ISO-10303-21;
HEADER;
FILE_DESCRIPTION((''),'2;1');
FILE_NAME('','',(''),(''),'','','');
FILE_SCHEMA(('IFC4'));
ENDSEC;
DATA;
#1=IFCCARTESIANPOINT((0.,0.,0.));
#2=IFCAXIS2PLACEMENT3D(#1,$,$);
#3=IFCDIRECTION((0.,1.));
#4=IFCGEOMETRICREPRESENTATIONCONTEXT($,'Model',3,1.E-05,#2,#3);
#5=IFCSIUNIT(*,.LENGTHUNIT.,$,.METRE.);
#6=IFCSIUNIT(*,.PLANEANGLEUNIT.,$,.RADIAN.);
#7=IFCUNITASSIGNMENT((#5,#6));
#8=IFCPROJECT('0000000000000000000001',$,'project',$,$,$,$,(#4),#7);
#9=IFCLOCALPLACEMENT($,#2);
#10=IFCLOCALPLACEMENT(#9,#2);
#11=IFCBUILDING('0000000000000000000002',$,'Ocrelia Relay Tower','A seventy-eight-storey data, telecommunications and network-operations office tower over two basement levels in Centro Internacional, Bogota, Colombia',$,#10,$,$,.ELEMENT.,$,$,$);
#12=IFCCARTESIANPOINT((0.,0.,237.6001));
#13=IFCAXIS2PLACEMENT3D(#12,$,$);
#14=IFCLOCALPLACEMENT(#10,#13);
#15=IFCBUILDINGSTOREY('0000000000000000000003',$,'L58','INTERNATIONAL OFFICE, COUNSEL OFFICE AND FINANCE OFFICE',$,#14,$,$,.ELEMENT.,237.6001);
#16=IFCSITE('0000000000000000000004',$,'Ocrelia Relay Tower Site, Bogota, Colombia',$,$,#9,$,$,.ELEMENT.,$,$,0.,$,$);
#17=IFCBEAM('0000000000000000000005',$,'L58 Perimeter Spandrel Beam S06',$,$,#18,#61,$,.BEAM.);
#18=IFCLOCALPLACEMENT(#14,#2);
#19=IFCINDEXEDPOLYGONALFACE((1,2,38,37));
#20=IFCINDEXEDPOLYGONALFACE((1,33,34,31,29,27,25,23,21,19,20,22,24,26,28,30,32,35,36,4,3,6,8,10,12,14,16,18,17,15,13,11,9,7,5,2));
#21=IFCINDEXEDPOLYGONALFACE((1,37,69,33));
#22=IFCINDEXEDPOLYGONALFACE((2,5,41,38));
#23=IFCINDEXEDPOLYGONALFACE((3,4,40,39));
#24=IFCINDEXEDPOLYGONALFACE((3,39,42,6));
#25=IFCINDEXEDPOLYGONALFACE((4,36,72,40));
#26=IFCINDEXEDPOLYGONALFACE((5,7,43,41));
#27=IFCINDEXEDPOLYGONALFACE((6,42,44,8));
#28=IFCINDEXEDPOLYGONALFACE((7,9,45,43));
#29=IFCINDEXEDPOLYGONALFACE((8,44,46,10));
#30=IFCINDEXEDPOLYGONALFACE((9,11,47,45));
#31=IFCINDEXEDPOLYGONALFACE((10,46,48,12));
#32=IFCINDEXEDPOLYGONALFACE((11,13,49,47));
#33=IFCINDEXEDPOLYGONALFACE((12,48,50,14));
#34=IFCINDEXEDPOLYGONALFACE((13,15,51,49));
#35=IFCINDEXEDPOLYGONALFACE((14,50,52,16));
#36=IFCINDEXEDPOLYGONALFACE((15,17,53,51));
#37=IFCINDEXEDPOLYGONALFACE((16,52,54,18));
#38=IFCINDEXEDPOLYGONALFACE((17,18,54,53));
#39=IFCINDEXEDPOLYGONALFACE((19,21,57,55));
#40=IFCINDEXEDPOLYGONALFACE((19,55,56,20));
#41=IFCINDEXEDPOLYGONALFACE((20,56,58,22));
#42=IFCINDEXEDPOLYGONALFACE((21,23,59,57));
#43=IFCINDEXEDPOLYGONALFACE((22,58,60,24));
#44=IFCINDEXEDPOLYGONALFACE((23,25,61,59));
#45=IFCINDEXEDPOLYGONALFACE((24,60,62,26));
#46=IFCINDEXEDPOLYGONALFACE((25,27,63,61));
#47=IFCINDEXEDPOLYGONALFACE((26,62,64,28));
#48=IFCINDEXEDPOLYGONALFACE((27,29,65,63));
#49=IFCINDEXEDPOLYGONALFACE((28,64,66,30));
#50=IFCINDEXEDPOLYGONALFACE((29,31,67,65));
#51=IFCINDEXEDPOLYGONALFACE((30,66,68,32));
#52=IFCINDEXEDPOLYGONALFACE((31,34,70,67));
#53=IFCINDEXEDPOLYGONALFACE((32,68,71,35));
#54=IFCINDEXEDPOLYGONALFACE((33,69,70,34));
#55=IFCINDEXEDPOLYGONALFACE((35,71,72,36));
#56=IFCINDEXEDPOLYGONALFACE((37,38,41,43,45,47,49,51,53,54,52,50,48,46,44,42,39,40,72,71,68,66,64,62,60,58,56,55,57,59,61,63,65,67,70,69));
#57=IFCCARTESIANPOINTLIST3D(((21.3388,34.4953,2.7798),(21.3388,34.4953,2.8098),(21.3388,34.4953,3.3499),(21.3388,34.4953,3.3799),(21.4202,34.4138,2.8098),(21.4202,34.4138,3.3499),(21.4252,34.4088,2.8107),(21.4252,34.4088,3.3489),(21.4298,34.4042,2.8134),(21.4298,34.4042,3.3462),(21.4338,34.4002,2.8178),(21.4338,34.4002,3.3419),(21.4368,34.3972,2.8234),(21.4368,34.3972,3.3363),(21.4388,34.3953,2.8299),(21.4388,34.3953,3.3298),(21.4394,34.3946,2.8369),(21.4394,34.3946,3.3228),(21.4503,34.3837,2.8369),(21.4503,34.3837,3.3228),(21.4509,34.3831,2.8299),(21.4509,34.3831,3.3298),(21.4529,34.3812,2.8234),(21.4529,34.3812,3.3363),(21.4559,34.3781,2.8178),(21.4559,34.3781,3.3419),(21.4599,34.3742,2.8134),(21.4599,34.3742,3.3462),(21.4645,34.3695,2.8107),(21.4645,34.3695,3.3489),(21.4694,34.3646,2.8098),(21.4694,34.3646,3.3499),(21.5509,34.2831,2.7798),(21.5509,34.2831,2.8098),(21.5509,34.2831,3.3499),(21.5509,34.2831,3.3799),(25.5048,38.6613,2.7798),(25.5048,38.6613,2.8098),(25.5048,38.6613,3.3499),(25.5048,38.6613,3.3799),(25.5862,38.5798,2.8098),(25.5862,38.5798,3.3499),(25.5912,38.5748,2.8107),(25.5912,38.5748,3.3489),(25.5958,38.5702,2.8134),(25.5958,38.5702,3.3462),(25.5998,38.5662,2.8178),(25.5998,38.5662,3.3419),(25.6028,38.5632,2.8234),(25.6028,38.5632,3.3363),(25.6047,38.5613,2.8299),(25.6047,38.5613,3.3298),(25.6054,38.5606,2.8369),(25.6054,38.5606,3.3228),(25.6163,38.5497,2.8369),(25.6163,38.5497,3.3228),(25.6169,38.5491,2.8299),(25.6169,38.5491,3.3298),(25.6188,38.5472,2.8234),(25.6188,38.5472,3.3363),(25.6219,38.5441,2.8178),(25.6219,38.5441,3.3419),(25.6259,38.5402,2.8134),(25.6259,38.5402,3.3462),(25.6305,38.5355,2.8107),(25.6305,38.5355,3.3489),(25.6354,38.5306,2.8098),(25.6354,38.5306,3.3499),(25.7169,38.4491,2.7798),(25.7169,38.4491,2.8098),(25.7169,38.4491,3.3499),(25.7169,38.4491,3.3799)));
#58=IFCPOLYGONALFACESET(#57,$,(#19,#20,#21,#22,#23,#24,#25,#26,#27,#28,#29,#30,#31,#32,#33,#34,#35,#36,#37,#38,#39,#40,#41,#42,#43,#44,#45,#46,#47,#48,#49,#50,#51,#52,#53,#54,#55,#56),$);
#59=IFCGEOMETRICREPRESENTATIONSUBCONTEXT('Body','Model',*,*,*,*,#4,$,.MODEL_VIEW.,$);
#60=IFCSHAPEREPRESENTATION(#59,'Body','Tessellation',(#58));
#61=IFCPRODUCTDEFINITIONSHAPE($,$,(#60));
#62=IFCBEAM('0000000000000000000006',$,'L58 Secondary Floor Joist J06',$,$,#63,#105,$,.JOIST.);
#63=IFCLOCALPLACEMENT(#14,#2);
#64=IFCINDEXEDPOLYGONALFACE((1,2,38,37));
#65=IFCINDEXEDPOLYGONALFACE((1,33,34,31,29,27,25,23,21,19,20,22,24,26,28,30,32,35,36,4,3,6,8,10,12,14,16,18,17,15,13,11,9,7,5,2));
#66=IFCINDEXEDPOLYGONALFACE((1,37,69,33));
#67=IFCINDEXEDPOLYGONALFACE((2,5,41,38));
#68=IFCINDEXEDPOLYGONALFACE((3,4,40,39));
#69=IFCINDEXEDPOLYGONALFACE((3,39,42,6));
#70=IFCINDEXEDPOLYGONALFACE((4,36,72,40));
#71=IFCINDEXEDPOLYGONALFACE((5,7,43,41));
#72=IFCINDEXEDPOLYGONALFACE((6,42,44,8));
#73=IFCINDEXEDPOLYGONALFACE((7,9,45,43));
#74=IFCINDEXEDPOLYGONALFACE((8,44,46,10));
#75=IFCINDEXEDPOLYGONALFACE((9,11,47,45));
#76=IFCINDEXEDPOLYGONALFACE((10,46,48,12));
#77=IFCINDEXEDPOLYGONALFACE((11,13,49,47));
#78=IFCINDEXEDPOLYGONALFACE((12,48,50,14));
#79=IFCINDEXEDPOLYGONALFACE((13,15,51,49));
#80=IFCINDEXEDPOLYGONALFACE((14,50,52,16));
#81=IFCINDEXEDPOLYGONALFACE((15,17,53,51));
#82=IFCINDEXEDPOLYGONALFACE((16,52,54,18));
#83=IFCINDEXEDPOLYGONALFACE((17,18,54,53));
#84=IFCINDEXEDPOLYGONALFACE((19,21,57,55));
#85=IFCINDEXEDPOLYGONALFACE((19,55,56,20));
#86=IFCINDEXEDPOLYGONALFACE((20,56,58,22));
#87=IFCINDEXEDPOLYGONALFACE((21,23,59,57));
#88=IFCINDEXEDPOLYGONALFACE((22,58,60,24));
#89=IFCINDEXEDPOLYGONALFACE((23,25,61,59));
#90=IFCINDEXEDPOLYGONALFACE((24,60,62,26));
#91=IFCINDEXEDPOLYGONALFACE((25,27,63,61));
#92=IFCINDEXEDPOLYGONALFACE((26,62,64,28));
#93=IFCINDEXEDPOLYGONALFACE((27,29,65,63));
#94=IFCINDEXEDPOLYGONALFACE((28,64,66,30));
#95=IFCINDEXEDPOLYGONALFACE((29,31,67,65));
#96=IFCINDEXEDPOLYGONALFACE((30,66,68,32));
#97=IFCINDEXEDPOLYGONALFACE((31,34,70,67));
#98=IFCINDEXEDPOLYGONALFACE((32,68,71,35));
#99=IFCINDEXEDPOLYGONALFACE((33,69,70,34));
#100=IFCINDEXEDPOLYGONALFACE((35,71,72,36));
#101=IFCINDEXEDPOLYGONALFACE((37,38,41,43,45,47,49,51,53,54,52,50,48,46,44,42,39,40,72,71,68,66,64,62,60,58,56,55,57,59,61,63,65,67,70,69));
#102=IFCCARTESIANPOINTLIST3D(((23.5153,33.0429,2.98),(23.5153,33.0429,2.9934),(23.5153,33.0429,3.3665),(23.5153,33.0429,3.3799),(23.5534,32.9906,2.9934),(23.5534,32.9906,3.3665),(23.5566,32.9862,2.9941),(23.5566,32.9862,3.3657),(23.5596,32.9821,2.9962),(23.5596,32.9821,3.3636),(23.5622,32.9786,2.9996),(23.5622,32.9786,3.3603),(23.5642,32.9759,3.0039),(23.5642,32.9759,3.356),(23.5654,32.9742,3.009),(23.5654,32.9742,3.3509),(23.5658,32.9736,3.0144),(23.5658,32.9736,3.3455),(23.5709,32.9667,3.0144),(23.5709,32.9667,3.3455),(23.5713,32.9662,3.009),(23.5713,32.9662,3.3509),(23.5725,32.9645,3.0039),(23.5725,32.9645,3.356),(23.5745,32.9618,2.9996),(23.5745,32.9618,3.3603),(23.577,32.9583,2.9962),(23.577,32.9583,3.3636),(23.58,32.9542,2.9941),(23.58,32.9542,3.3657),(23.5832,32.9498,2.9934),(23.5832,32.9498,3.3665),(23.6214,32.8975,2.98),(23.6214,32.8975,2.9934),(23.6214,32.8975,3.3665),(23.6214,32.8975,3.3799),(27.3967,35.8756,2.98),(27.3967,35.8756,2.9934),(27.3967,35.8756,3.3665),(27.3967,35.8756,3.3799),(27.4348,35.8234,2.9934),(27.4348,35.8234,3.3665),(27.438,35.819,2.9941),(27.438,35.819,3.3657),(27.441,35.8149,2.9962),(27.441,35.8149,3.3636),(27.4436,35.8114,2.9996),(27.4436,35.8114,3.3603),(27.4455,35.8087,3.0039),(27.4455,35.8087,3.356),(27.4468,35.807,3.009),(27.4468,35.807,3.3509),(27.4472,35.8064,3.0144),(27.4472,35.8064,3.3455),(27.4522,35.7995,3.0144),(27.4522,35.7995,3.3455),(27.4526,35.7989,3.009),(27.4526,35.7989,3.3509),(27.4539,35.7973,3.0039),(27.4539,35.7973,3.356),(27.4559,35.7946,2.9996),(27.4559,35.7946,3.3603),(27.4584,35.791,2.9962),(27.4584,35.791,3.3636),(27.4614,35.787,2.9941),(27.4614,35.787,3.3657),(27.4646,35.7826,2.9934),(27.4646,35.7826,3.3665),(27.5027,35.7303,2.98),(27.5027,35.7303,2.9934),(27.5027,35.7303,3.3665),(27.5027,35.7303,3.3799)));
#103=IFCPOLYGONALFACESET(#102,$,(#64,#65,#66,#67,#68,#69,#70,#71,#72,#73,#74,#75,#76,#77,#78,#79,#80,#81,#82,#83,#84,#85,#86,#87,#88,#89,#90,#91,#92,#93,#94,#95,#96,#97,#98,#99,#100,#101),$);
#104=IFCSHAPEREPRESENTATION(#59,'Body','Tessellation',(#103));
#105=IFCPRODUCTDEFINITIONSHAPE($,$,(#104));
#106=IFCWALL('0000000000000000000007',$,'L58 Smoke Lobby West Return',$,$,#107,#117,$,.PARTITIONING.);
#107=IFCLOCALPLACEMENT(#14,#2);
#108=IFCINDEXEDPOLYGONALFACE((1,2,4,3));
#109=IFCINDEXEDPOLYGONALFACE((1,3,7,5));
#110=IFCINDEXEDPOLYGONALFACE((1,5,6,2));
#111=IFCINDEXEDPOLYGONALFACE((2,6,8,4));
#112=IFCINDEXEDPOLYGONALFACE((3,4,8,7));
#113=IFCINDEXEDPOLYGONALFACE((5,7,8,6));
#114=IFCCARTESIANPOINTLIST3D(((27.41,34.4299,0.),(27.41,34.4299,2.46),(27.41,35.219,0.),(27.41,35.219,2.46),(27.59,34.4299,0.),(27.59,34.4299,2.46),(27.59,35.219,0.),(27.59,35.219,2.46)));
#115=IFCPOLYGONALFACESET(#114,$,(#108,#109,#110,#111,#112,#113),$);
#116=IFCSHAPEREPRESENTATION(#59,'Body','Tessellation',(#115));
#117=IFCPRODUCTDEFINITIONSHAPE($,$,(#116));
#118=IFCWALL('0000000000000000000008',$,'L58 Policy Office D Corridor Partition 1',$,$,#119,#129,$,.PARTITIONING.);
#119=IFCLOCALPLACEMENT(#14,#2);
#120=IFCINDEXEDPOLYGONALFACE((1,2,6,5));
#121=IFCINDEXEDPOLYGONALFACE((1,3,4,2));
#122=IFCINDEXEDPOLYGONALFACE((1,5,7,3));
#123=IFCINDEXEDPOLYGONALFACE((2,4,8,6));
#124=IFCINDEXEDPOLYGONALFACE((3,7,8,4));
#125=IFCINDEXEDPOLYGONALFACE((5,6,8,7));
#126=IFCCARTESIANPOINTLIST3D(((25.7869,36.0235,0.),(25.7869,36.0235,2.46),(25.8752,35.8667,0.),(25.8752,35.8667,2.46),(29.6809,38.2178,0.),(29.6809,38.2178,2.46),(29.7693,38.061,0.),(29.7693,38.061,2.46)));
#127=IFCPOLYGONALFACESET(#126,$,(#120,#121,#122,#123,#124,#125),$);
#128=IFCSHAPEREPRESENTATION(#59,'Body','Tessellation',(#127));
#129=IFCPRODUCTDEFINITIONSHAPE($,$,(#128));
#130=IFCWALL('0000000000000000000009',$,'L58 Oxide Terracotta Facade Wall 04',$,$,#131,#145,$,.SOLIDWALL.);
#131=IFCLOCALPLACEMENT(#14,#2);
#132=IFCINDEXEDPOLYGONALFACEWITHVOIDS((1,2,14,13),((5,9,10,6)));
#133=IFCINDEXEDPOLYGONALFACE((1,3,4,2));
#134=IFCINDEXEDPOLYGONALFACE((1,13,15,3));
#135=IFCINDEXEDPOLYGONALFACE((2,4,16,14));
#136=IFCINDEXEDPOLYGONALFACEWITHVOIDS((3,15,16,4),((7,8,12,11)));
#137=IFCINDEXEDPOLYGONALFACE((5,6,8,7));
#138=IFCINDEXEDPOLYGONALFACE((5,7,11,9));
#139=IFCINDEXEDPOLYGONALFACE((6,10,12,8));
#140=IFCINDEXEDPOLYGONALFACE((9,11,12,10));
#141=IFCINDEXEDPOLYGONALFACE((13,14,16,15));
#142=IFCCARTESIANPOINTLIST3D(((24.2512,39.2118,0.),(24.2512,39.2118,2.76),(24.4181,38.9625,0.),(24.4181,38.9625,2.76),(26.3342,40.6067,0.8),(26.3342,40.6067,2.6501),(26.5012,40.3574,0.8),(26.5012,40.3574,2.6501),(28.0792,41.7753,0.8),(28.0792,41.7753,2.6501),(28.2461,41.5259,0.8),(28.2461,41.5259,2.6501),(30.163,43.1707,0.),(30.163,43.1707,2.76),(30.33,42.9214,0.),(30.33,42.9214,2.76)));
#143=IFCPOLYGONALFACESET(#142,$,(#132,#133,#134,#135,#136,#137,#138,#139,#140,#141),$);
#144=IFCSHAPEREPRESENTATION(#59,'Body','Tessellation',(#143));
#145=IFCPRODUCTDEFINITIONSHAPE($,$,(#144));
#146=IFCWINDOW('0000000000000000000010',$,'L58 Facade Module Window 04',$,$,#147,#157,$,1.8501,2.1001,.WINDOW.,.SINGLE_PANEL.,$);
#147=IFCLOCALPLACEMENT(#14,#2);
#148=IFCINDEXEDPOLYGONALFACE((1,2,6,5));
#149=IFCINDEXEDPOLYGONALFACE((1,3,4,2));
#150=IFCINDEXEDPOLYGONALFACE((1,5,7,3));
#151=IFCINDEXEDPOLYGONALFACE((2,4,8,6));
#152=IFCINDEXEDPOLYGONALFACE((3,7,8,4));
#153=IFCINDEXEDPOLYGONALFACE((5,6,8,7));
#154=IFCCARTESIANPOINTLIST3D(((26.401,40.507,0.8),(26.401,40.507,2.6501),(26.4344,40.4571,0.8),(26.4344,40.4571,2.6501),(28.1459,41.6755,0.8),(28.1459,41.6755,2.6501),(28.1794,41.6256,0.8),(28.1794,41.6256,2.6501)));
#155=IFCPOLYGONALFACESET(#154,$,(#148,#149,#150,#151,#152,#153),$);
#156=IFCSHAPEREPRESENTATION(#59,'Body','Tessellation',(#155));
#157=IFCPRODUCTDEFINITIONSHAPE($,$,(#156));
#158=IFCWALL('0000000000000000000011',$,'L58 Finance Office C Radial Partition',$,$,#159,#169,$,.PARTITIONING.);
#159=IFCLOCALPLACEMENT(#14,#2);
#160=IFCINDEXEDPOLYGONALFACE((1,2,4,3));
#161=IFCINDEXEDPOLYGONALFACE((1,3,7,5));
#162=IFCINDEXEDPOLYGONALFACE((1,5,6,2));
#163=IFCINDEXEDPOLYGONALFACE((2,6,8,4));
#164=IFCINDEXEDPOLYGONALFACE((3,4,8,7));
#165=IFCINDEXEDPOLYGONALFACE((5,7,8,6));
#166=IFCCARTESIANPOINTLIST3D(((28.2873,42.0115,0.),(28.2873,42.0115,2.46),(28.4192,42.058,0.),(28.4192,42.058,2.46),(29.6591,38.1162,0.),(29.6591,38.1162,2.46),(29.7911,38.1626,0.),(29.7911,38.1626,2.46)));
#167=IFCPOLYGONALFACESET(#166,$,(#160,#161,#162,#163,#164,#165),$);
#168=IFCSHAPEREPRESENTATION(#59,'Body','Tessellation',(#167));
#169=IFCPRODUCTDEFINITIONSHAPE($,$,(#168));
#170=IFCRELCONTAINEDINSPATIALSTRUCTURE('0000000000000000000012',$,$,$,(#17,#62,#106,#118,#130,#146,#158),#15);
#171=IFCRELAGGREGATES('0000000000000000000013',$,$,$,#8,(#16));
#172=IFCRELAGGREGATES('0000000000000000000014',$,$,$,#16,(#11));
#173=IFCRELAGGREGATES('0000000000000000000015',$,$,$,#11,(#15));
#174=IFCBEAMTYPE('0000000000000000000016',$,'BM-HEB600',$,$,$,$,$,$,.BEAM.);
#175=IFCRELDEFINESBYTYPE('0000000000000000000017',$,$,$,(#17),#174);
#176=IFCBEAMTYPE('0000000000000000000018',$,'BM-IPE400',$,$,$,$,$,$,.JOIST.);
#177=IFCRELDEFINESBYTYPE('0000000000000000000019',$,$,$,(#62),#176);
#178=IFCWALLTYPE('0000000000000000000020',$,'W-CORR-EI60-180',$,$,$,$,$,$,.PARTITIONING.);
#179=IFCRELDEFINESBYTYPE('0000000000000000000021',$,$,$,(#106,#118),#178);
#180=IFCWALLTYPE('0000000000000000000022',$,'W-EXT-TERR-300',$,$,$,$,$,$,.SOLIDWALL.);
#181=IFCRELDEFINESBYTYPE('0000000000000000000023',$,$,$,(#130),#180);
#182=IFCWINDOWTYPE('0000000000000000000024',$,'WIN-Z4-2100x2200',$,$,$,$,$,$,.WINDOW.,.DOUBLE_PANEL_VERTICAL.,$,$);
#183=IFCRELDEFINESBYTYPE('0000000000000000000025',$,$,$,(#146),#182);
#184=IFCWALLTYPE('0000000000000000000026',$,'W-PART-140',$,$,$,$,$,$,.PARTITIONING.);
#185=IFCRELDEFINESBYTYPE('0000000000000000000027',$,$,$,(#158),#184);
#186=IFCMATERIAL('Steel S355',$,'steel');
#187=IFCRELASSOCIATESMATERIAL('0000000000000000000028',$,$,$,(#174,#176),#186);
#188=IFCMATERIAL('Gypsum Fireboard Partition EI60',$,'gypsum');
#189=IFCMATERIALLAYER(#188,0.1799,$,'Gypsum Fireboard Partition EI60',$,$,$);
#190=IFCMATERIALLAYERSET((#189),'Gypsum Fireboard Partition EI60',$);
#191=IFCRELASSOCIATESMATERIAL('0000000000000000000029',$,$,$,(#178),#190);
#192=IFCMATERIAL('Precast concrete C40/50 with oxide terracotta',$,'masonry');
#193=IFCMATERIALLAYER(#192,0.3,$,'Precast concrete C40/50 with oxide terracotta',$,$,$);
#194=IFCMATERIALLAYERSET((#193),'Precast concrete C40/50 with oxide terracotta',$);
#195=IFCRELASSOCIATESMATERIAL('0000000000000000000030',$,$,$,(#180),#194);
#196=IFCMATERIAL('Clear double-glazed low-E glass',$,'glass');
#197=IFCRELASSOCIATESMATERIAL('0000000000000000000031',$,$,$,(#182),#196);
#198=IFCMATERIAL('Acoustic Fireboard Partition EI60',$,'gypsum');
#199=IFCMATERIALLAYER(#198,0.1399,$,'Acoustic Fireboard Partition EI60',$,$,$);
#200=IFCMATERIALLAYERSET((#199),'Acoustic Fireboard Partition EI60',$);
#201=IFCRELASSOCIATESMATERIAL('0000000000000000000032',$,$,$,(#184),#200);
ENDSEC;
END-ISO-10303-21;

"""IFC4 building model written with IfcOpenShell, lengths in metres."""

from ifc_helpers import new_model, si_unit, direction, frame, frame_2d, origin, origin_2d, place, context, subcontext, project, spatial, rectangle, i_section, extrude, material, layer, layer_set, material_profile, profile_set, type_object, element, fill, save


model = new_model("IFC4")

# Units and contexts
model_context = context("Model", 3, precision=1e-05, world=origin(), true_north=direction((0.0, 1.0)))
body_context = subcontext(model_context, "Body", "Model", "MODEL_VIEW")
ifc_project = project(units=[si_unit("LENGTHUNIT", "METRE"), si_unit("PLANEANGLEUNIT", "RADIAN")], contexts=[model_context])

# Site, building, storey
site_placement = place(None, origin())
site = spatial("IfcSite", under=ifc_project, at=site_placement, Name="Ocrelia Relay Tower Site, Bogota, Colombia", CompositionType="ELEMENT", RefElevation=0.0)
building_placement = place(site_placement, origin())
building = spatial("IfcBuilding", under=site, at=building_placement, Name="Ocrelia Relay Tower", Description="A seventy-eight-storey data, telecommunications and network-operations office tower over two basement levels in Centro Internacional, Bogota, Colombia", CompositionType="ELEMENT")
storey_placement = place(building_placement, frame((0.0, 0.0, 237.6001)))
storey = spatial("IfcBuildingStorey", under=building, at=storey_placement, Name="L58", Description="INTERNATIONAL OFFICE, COUNSEL OFFICE AND FINANCE OFFICE", CompositionType="ELEMENT", Elevation=237.6001)

# Beams
ifc_material_1 = material(Name="Steel S355", Category="steel")
ifc_material_profile_1 = material_profile(ifc_material_1, i_section(OverallWidth=0.3, OverallDepth=0.6001, WebThickness=0.0154, FlangeThickness=0.03, FilletRadius=0.0271, at=origin_2d()), Name="HEB 600")
ifc_profile_set_1 = profile_set([ifc_material_profile_1], Name="Steel S355")
beam_type_1 = type_object("IfcBeamType", Name="BM-HEB600", PredefinedType="BEAM", material=ifc_profile_set_1)
beam_1_placement = place(storey_placement, frame((25.6108, 38.5552, 3.0798), z_axis=(-0.707107, -0.707107, 0.0), x_axis=(0.707107, -0.707107, 0.0)))
element("IfcBeam", 1, at=beam_1_placement, inside=storey, type_object=beam_type_1, Name="L58 Perimeter Spandrel Beam S06", PredefinedType="BEAM", context=body_context, shape_type="SweptSolid", body=[
    extrude(i_section(OverallWidth=0.3, OverallDepth=0.6001, WebThickness=0.0154, FlangeThickness=0.03, FilletRadius=0.0271, at=origin_2d()), origin(), (0.0, 0.0, 1.0), 5.8916),
])
ifc_material_profile_2 = material_profile(ifc_material_1, i_section(OverallWidth=0.1799, OverallDepth=0.3999, WebThickness=0.0085, FlangeThickness=0.0134, FilletRadius=0.021, at=origin_2d()), Name="IPE 400")
ifc_profile_set_2 = profile_set([ifc_material_profile_2], Name="Steel S355")
beam_type_2 = type_object("IfcBeamType", Name="BM-IPE400", PredefinedType="JOIST", material=ifc_profile_set_2)
beam_2_placement = place(storey_placement, frame((27.4497, 35.803, 3.1799), z_axis=(-0.807748, -0.589527, 0.0), x_axis=(0.589527, -0.807748, 0.0)))
element("IfcBeam", 2, at=beam_2_placement, inside=storey, type_object=beam_type_2, Name="L58 Secondary Floor Joist J06", PredefinedType="JOIST", context=body_context, shape_type="SweptSolid", body=[
    extrude(i_section(OverallWidth=0.1799, OverallDepth=0.3999, WebThickness=0.0085, FlangeThickness=0.0134, FilletRadius=0.021, at=origin_2d()), origin(), (0.0, 0.0, 1.0), 4.8052),
])

# Wall
ifc_material_2 = material(Name="Gypsum Fireboard Partition EI60", Category="gypsum")
ifc_layer_1 = layer(ifc_material_2, 0.1799, Name="Gypsum Fireboard Partition EI60")
ifc_layer_set_1 = layer_set([ifc_layer_1], Name="Gypsum Fireboard Partition EI60")
wall_type_1 = type_object("IfcWallType", Name="W-CORR-EI60-180", PredefinedType="PARTITIONING", material=ifc_layer_set_1)
wall_1_placement = place(storey_placement, frame((27.5, 34.4299, 0.0), z_axis=(0.0, 0.0, 1.0), x_axis=(0.0, 1.0, 0.0)))
element("IfcWall", 3, at=wall_1_placement, inside=storey, type_object=wall_type_1, Name="L58 Smoke Lobby West Return", PredefinedType="PARTITIONING", context=body_context, shape_type="SweptSolid", body=[
    extrude(rectangle(XDim=0.7891, YDim=0.1799, at=frame_2d((0.3945, 0.0))), origin(), (0.0, 0.0, 1.0), 2.46),
])

# Wall
wall_2_placement = place(storey_placement, frame((29.7251, 38.1394, 0.0), z_axis=(0.0, 0.0, 1.0), x_axis=(-0.871199, -0.49093, 0.0)))
element("IfcWall", 4, at=wall_2_placement, inside=storey, type_object=wall_type_1, Name="L58 Policy Office D Corridor Partition 1", PredefinedType="PARTITIONING", context=body_context, shape_type="SweptSolid", body=[
    extrude(rectangle(XDim=4.4697, YDim=0.1799, at=frame_2d((2.2349, 0.0))), origin(), (0.0, 0.0, 1.0), 2.46),
])

# Wall, opening, window
ifc_material_3 = material(Name="Precast concrete C40/50 with oxide terracotta", Category="masonry")
ifc_layer_2 = layer(ifc_material_3, 0.3, Name="Precast concrete C40/50 with oxide terracotta")
ifc_layer_set_2 = layer_set([ifc_layer_2], Name="Precast concrete C40/50 with oxide terracotta")
wall_type_2 = type_object("IfcWallType", Name="W-EXT-TERR-300", PredefinedType="SOLIDWALL", material=ifc_layer_set_2)
wall_3_placement = place(storey_placement, frame((30.2466, 43.0461, 0.0), z_axis=(0.0, 0.0, 1.0), x_axis=(-0.830898, -0.556425, 0.0)))
wall_3 = element("IfcWall", 5, at=wall_3_placement, inside=storey, type_object=wall_type_2, Name="L58 Oxide Terracotta Facade Wall 04", PredefinedType="SOLIDWALL", context=body_context, shape_type="SweptSolid", body=[
    extrude(rectangle(XDim=7.115, YDim=0.3, at=frame_2d((3.5576, 0.0))), origin(), (0.0, 0.0, 1.0), 2.76),
])
opening_1_placement = place(wall_3_placement, frame((2.5081, 0.0, 0.8)))
opening_1 = element("IfcOpeningElement", 6, at=opening_1_placement, cuts=wall_3, PredefinedType="OPENING", context=body_context, shape_type="SweptSolid", body=[
    extrude(rectangle(XDim=2.1001, YDim=1.8501, at=frame_2d((1.05, 0.925))), frame((0.0, 0.1602, 0.0), z_axis=(0.0, -1.0, 0.0), x_axis=(1.0, 0.0, 0.0)), (0.0, 0.0, 1.0), 0.3201),
])
ifc_material_4 = material(Name="Clear double-glazed low-E glass", Category="glass")
window_type = type_object("IfcWindowType", Name="WIN-Z4-2100x2200", PartitioningType="DOUBLE_PANEL_VERTICAL", PredefinedType="WINDOW", material=ifc_material_4)
window_placement = place(opening_1_placement, origin())
window = element("IfcWindow", 7, at=window_placement, inside=storey, type_object=window_type, Name="L58 Facade Module Window 04", OverallHeight=1.8501, OverallWidth=2.1001, PartitioningType="SINGLE_PANEL", PredefinedType="WINDOW", context=body_context, shape_type="SweptSolid", body=[
    extrude(rectangle(XDim=2.1001, YDim=1.8501, at=frame_2d((1.05, 0.925))), frame((0.0, 0.03, 0.0), z_axis=(0.0, -1.0, 0.0), x_axis=(1.0, 0.0, 0.0)), (0.0, 0.0, 1.0), 0.0601),
])
fill(opening_1, window)

# Wall
ifc_material_5 = material(Name="Acoustic Fireboard Partition EI60", Category="gypsum")
ifc_layer_3 = layer(ifc_material_5, 0.1399, Name="Acoustic Fireboard Partition EI60")
ifc_layer_set_3 = layer_set([ifc_layer_3], Name="Acoustic Fireboard Partition EI60")
wall_type_3 = type_object("IfcWallType", Name="W-PART-140", PredefinedType="PARTITIONING", material=ifc_layer_set_3)
wall_4_placement = place(storey_placement, frame((29.7251, 38.1394, 0.0), z_axis=(0.0, 0.0, 1.0), x_axis=(-0.33218, 0.943216, 0.0)))
element("IfcWall", 8, at=wall_4_placement, inside=storey, type_object=wall_type_3, Name="L58 Finance Office C Radial Partition", PredefinedType="PARTITIONING", context=body_context, shape_type="SweptSolid", body=[
    extrude(rectangle(XDim=4.1299, YDim=0.1399, at=frame_2d((2.0649, 0.0))), origin(), (0.0, 0.0, 1.0), 2.46),
])

save(model, "model.ifc")
